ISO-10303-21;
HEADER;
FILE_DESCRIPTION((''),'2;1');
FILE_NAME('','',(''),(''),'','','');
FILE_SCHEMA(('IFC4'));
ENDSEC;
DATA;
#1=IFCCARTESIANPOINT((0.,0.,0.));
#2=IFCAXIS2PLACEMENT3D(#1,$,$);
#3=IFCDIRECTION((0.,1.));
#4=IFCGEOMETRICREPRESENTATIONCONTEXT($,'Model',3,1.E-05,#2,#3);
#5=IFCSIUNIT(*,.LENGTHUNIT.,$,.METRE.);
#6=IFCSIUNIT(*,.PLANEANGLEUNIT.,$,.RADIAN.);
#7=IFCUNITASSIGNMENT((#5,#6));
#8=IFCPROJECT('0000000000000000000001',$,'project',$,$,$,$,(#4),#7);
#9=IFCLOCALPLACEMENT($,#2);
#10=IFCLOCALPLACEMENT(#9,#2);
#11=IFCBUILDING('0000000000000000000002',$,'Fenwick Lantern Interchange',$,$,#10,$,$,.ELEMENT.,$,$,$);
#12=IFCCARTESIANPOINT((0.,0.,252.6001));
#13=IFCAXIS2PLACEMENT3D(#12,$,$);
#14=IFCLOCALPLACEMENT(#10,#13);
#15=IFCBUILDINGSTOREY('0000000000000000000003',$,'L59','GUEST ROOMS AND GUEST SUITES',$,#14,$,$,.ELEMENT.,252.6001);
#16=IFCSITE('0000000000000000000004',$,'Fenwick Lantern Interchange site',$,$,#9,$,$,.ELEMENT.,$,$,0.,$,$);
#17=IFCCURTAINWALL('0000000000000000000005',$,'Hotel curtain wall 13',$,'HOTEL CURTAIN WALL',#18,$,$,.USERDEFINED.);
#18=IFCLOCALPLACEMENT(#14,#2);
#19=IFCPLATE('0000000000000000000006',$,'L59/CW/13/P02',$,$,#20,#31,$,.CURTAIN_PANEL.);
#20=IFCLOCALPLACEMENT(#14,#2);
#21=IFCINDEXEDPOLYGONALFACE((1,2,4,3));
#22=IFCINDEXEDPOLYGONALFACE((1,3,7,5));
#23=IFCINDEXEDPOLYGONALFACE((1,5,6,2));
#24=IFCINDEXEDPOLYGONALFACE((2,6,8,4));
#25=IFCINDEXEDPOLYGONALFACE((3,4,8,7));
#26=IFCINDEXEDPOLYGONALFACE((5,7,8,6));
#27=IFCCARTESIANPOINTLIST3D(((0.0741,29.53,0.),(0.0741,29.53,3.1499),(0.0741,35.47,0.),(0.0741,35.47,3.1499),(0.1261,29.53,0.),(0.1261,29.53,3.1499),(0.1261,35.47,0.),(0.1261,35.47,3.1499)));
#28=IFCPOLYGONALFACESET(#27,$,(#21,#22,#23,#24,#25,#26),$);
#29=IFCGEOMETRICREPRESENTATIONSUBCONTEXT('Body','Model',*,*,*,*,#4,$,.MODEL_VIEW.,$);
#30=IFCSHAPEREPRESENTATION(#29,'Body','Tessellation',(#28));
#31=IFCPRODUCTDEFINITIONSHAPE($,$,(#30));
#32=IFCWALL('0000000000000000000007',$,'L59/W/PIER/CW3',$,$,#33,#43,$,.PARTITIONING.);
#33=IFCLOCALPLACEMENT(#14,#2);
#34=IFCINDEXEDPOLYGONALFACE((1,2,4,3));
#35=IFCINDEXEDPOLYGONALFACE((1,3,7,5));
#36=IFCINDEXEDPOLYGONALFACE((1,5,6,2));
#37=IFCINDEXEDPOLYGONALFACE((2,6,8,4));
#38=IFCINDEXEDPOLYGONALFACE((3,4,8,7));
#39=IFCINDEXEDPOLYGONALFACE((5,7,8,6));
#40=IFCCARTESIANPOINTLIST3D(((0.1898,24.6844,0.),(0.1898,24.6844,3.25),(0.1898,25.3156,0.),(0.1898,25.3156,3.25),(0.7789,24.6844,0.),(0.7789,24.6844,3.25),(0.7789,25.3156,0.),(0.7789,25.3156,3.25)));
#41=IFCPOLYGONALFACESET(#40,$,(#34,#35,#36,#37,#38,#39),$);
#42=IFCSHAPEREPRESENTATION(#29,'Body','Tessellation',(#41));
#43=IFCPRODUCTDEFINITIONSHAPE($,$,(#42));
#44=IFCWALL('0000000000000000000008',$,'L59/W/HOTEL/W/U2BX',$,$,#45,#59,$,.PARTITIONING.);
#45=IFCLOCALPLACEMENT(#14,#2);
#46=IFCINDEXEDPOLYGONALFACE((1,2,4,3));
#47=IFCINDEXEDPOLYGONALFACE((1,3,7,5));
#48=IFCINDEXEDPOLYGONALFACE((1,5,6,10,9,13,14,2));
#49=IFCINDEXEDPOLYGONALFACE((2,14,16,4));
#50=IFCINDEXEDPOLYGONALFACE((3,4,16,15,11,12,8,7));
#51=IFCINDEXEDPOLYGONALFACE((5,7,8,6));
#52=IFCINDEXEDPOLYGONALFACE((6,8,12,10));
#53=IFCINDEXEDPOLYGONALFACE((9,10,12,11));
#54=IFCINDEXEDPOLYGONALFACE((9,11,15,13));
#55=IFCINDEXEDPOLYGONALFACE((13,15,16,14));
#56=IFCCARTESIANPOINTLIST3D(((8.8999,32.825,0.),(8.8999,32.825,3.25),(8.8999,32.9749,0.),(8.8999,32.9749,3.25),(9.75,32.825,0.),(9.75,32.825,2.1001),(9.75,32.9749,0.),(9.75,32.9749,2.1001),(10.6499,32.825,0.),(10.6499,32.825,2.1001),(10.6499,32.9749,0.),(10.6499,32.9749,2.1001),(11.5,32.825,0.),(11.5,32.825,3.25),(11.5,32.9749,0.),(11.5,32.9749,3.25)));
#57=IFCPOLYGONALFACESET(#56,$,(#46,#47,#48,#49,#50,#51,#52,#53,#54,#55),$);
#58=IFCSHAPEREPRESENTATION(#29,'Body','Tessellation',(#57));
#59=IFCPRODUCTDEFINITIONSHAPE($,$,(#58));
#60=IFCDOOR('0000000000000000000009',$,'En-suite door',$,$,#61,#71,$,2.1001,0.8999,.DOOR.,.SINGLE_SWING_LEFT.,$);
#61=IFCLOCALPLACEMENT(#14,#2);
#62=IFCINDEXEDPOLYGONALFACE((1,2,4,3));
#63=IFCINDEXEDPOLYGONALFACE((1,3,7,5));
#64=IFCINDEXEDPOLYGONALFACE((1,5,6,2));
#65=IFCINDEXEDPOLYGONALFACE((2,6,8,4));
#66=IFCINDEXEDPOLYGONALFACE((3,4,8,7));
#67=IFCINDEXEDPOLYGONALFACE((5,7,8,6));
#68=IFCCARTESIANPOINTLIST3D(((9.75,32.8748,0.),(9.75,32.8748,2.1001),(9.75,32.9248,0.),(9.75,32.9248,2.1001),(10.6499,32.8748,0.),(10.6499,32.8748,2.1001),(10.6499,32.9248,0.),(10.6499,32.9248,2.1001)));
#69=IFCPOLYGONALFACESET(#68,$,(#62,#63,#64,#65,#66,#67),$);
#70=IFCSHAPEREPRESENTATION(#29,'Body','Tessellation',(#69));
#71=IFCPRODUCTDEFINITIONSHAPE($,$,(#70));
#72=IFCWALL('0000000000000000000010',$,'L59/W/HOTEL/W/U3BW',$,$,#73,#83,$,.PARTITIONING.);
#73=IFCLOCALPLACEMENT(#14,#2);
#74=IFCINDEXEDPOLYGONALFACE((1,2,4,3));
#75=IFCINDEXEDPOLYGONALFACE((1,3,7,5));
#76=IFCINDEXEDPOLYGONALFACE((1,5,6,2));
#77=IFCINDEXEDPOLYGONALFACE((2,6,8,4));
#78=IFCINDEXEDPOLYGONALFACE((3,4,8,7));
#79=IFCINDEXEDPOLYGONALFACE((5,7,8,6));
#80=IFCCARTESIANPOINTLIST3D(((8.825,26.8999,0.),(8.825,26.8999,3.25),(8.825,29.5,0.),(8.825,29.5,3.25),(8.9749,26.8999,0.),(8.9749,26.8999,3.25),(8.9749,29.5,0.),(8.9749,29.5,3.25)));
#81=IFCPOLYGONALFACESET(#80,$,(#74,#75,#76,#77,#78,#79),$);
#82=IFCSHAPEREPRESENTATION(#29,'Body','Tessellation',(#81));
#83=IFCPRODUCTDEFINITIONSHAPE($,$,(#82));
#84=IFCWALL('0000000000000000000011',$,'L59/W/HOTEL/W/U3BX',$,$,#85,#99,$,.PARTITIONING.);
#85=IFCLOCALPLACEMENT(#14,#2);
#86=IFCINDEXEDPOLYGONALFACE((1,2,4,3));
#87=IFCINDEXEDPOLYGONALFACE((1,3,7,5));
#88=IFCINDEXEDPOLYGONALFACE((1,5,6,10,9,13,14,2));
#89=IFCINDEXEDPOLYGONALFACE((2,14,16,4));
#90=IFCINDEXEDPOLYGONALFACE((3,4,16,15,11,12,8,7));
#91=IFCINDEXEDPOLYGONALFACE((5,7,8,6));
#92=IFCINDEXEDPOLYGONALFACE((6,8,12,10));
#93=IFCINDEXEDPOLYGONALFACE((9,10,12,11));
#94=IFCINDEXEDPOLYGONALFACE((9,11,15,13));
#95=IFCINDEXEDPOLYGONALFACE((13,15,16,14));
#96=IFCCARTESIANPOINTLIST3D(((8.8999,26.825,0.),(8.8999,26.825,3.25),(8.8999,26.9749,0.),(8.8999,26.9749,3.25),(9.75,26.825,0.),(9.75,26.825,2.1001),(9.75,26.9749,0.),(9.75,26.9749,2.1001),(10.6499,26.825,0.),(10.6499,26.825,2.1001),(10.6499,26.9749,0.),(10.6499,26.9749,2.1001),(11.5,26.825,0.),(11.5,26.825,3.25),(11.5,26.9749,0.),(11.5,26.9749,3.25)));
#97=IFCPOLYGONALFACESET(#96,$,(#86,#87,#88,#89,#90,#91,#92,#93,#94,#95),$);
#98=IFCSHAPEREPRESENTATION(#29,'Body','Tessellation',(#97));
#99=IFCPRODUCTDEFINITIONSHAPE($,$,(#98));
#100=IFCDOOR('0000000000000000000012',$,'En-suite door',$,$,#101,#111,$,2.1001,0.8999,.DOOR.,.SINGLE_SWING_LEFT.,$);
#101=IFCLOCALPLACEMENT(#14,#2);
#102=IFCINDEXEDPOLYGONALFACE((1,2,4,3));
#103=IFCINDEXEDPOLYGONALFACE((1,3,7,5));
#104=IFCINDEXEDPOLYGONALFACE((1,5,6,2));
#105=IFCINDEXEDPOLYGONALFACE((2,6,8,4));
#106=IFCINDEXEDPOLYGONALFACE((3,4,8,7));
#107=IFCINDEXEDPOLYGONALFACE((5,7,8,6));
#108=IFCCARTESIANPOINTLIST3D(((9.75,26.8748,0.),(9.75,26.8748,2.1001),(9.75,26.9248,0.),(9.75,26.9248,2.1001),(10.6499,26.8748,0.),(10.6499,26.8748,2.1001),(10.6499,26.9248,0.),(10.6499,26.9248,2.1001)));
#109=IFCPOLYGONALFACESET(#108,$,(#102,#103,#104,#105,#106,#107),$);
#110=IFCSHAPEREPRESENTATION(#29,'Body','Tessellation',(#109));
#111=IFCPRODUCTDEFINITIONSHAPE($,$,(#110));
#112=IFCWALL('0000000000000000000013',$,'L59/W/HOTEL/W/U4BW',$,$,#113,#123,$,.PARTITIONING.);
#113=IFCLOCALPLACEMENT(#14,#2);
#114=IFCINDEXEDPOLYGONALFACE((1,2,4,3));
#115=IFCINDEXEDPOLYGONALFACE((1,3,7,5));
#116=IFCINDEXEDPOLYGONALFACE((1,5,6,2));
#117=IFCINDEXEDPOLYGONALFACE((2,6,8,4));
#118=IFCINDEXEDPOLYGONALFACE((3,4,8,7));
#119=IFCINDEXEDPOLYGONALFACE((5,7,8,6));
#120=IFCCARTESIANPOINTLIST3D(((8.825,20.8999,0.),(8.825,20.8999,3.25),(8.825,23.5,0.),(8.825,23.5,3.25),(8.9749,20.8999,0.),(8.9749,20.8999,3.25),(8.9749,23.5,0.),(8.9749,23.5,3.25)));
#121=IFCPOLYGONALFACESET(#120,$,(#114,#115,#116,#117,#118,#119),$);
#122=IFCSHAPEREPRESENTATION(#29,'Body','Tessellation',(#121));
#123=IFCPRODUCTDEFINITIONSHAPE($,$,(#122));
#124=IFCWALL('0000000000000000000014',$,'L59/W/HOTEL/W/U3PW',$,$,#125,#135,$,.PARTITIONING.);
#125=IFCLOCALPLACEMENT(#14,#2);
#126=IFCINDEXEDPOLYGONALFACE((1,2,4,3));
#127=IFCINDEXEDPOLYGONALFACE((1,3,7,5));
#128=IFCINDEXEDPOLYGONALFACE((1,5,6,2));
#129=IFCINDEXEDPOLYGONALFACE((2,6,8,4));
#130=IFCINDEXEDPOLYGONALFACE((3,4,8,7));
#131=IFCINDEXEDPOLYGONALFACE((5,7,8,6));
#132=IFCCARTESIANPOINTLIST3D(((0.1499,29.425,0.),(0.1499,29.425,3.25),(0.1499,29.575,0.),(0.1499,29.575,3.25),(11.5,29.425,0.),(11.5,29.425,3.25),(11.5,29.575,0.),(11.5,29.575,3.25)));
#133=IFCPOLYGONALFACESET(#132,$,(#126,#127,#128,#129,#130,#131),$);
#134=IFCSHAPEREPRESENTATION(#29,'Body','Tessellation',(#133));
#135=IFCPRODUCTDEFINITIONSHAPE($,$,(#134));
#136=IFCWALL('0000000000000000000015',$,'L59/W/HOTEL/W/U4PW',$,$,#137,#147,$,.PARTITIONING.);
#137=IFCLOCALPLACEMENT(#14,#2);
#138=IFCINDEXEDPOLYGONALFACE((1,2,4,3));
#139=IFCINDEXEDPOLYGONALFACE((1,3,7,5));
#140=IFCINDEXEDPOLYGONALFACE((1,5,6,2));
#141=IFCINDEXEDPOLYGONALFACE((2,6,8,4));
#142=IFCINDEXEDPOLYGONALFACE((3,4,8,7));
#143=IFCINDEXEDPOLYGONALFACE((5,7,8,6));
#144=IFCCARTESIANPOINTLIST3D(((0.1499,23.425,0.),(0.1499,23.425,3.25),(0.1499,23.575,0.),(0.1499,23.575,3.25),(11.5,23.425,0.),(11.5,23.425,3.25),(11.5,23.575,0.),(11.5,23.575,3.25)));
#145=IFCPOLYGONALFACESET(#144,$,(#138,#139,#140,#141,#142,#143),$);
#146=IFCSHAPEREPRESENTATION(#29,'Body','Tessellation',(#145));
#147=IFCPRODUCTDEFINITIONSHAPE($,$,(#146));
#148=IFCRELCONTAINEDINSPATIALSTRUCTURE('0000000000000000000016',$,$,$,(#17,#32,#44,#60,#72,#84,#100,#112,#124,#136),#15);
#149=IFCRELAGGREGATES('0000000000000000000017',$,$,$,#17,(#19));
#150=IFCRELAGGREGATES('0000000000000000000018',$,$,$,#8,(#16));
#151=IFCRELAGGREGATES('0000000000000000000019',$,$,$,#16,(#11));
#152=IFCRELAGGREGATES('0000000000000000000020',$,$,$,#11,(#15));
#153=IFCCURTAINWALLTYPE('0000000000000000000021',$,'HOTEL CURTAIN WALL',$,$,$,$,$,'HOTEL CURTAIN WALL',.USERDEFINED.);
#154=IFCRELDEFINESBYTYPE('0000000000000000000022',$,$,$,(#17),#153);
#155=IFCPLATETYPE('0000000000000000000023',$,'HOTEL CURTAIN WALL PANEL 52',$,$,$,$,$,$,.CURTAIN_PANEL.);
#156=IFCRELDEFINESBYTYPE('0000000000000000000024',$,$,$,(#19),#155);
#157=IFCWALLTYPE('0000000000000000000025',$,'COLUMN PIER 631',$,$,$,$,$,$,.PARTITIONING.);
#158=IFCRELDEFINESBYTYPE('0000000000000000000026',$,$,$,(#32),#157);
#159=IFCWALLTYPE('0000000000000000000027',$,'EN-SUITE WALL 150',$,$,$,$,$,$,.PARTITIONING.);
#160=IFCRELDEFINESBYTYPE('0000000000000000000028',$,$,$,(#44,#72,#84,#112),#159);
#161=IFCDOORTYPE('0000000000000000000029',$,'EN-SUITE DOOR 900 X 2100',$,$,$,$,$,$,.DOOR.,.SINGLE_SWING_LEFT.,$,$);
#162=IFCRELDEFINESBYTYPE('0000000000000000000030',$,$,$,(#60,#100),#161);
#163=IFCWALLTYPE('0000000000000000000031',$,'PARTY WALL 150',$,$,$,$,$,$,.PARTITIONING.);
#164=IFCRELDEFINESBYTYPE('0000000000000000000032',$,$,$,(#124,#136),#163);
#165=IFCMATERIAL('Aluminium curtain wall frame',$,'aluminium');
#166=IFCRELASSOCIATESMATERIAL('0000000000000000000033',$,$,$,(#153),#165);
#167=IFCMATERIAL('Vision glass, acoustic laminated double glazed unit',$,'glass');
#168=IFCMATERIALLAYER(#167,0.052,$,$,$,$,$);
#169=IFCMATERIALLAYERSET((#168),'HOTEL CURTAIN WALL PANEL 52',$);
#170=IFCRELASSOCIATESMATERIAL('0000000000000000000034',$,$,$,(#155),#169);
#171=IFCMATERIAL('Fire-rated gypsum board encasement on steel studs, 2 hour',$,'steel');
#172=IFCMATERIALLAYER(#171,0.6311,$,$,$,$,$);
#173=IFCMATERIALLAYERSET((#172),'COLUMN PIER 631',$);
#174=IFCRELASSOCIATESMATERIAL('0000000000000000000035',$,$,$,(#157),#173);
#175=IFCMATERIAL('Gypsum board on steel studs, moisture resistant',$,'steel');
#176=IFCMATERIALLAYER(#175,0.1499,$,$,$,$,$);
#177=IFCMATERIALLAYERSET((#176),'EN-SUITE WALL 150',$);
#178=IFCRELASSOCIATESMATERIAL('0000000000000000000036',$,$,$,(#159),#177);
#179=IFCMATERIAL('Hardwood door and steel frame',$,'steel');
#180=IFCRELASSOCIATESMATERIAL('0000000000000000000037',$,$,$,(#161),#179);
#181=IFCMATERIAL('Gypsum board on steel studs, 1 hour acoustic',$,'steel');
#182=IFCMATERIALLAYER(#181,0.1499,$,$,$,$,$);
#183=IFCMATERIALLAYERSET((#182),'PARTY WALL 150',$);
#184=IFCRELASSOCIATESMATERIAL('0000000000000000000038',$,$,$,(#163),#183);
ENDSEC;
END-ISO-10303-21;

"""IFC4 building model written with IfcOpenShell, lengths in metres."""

from ifc_helpers import new_model, si_unit, direction, frame, frame_2d, origin, origin_2d, place, context, subcontext, project, spatial, rectangle, extrude, material, layer, layer_set, type_object, element, fill, aggregate, save


model = new_model("IFC4")

# Units and contexts
model_context = context("Model", 3, precision=1e-05, world=origin(), true_north=direction((0.0, 1.0)))
body_context = subcontext(model_context, "Body", "Model", "MODEL_VIEW")
ifc_project = project(units=[si_unit("LENGTHUNIT", "METRE"), si_unit("PLANEANGLEUNIT", "RADIAN")], contexts=[model_context])

# Site, building, storey
site_placement = place(None, origin())
site = spatial("IfcSite", under=ifc_project, at=site_placement, Name="Fenwick Lantern Interchange site", CompositionType="ELEMENT", RefElevation=0.0)
building_placement = place(site_placement, origin())
building = spatial("IfcBuilding", under=site, at=building_placement, Name="Fenwick Lantern Interchange", CompositionType="ELEMENT")
storey_placement = place(building_placement, frame((0.0, 0.0, 252.6001)))
storey = spatial("IfcBuildingStorey", under=building, at=storey_placement, Name="L59", Description="GUEST ROOMS AND GUEST SUITES", CompositionType="ELEMENT", Elevation=252.6001)

# Curtain wall
ifc_material_1 = material(Name="Aluminium curtain wall frame", Category="aluminium")
curtain_wall_type = type_object("IfcCurtainWallType", Name="HOTEL CURTAIN WALL", ElementType="HOTEL CURTAIN WALL", PredefinedType="USERDEFINED", material=ifc_material_1)
curtain_wall_placement = place(storey_placement, origin())
curtain_wall = element("IfcCurtainWall", 1, at=curtain_wall_placement, inside=storey, type_object=curtain_wall_type, Name="Hotel curtain wall 13", ObjectType="HOTEL CURTAIN WALL", PredefinedType="USERDEFINED")

# Plate
ifc_material_2 = material(Name="Vision glass, acoustic laminated double glazed unit", Category="glass")
ifc_layer_1 = layer(ifc_material_2, 0.052)
ifc_layer_set_1 = layer_set([ifc_layer_1], Name="HOTEL CURTAIN WALL PANEL 52")
plate_type = type_object("IfcPlateType", Name="HOTEL CURTAIN WALL PANEL 52", PredefinedType="CURTAIN_PANEL", material=ifc_layer_set_1)
plate_placement = place(storey_placement, frame((0.1001, 32.5, 0.0), z_axis=(0.0, 0.0, 1.0), x_axis=(0.0, -1.0, 0.0)))
plate = element("IfcPlate", 2, at=plate_placement, type_object=plate_type, Name="L59/CW/13/P02", PredefinedType="CURTAIN_PANEL", context=body_context, shape_type="SweptSolid", body=[
    extrude(rectangle(XDim=5.9399, YDim=0.052, at=origin_2d()), origin(), (0.0, 0.0, 1.0), 3.1499),
])
aggregate(curtain_wall, [plate])

# Wall
ifc_material_3 = material(Name="Fire-rated gypsum board encasement on steel studs, 2 hour", Category="steel")
ifc_layer_2 = layer(ifc_material_3, 0.6311)
ifc_layer_set_2 = layer_set([ifc_layer_2], Name="COLUMN PIER 631")
wall_type_1 = type_object("IfcWallType", Name="COLUMN PIER 631", PredefinedType="PARTITIONING", material=ifc_layer_set_2)
wall_1_placement = place(storey_placement, frame((0.1899, 25.0, 0.0), z_axis=(0.0, 0.0, 1.0), x_axis=(1.0, 0.0, 0.0)))
element("IfcWall", 3, at=wall_1_placement, inside=storey, type_object=wall_type_1, Name="L59/W/PIER/CW3", PredefinedType="PARTITIONING", context=body_context, shape_type="SweptSolid", body=[
    extrude(rectangle(XDim=0.5891, YDim=0.6311, at=frame_2d((0.2944, 0.0))), origin(), (0.0, 0.0, 1.0), 3.25),
])

# Wall, opening, door
ifc_material_4 = material(Name="Gypsum board on steel studs, moisture resistant", Category="steel")
ifc_layer_3 = layer(ifc_material_4, 0.1499)
ifc_layer_set_3 = layer_set([ifc_layer_3], Name="EN-SUITE WALL 150")
wall_type_2 = type_object("IfcWallType", Name="EN-SUITE WALL 150", PredefinedType="PARTITIONING", material=ifc_layer_set_3)
wall_2_placement = place(storey_placement, frame((8.8999, 32.8999, 0.0), z_axis=(0.0, 0.0, 1.0), x_axis=(1.0, 0.0, 0.0)))
wall_2 = element("IfcWall", 4, at=wall_2_placement, inside=storey, type_object=wall_type_2, Name="L59/W/HOTEL/W/U2BX", PredefinedType="PARTITIONING", context=body_context, shape_type="SweptSolid", body=[
    extrude(rectangle(XDim=2.6001, YDim=0.1499, at=frame_2d((1.3, 0.0))), origin(), (0.0, 0.0, 1.0), 3.25),
])
opening_1_placement = place(wall_2_placement, frame((0.8501, 0.0, 0.0)))
opening_1 = element("IfcOpeningElement", 5, at=opening_1_placement, cuts=wall_2, PredefinedType="OPENING", context=body_context, shape_type="SweptSolid", body=[
    extrude(rectangle(XDim=0.8999, YDim=2.1001, at=frame_2d((0.45, 1.05))), frame((0.0, 0.085, 0.0), z_axis=(0.0, -1.0, 0.0), x_axis=(1.0, 0.0, 0.0)), (0.0, 0.0, 1.0), 0.1699),
])
ifc_material_5 = material(Name="Hardwood door and steel frame", Category="steel")
door_type = type_object("IfcDoorType", Name="EN-SUITE DOOR 900 X 2100", OperationType="SINGLE_SWING_LEFT", PredefinedType="DOOR", material=ifc_material_5)
door_1_placement = place(opening_1_placement, origin())
door_1 = element("IfcDoor", 6, at=door_1_placement, inside=storey, type_object=door_type, Name="En-suite door", OperationType="SINGLE_SWING_LEFT", OverallHeight=2.1001, OverallWidth=0.8999, PredefinedType="DOOR", context=body_context, shape_type="SweptSolid", body=[
    extrude(rectangle(XDim=0.8999, YDim=2.1001, at=frame_2d((0.45, 1.05))), frame((0.0, 0.0249, 0.0), z_axis=(0.0, -1.0, 0.0), x_axis=(1.0, 0.0, 0.0)), (0.0, 0.0, 1.0), 0.05),
])
fill(opening_1, door_1)

# Wall
wall_3_placement = place(storey_placement, frame((8.8999, 29.5, 0.0), z_axis=(0.0, 0.0, 1.0), x_axis=(0.0, -1.0, 0.0)))
element("IfcWall", 7, at=wall_3_placement, inside=storey, type_object=wall_type_2, Name="L59/W/HOTEL/W/U3BW", PredefinedType="PARTITIONING", context=body_context, shape_type="SweptSolid", body=[
    extrude(rectangle(XDim=2.6001, YDim=0.1499, at=frame_2d((1.3, 0.0))), origin(), (0.0, 0.0, 1.0), 3.25),
])

# Wall, opening, door
wall_4_placement = place(storey_placement, frame((8.8999, 26.8999, 0.0), z_axis=(0.0, 0.0, 1.0), x_axis=(1.0, 0.0, 0.0)))
wall_4 = element("IfcWall", 8, at=wall_4_placement, inside=storey, type_object=wall_type_2, Name="L59/W/HOTEL/W/U3BX", PredefinedType="PARTITIONING", context=body_context, shape_type="SweptSolid", body=[
    extrude(rectangle(XDim=2.6001, YDim=0.1499, at=frame_2d((1.3, 0.0))), origin(), (0.0, 0.0, 1.0), 3.25),
])
opening_2_placement = place(wall_4_placement, frame((0.8501, 0.0, 0.0)))
opening_2 = element("IfcOpeningElement", 9, at=opening_2_placement, cuts=wall_4, PredefinedType="OPENING", context=body_context, shape_type="SweptSolid", body=[
    extrude(rectangle(XDim=0.8999, YDim=2.1001, at=frame_2d((0.45, 1.05))), frame((0.0, 0.085, 0.0), z_axis=(0.0, -1.0, 0.0), x_axis=(1.0, 0.0, 0.0)), (0.0, 0.0, 1.0), 0.1699),
])
door_2_placement = place(opening_2_placement, origin())
door_2 = element("IfcDoor", 10, at=door_2_placement, inside=storey, type_object=door_type, Name="En-suite door", OperationType="SINGLE_SWING_LEFT", OverallHeight=2.1001, OverallWidth=0.8999, PredefinedType="DOOR", context=body_context, shape_type="SweptSolid", body=[
    extrude(rectangle(XDim=0.8999, YDim=2.1001, at=frame_2d((0.45, 1.05))), frame((0.0, 0.0249, 0.0), z_axis=(0.0, -1.0, 0.0), x_axis=(1.0, 0.0, 0.0)), (0.0, 0.0, 1.0), 0.05),
])
fill(opening_2, door_2)

# Walls
wall_5_placement = place(storey_placement, frame((8.8999, 23.5, 0.0), z_axis=(0.0, 0.0, 1.0), x_axis=(0.0, -1.0, 0.0)))
element("IfcWall", 11, at=wall_5_placement, inside=storey, type_object=wall_type_2, Name="L59/W/HOTEL/W/U4BW", PredefinedType="PARTITIONING", context=body_context, shape_type="SweptSolid", body=[
    extrude(rectangle(XDim=2.6001, YDim=0.1499, at=frame_2d((1.3, 0.0))), origin(), (0.0, 0.0, 1.0), 3.25),
])
ifc_material_6 = material(Name="Gypsum board on steel studs, 1 hour acoustic", Category="steel")
ifc_layer_4 = layer(ifc_material_6, 0.1499)
ifc_layer_set_4 = layer_set([ifc_layer_4], Name="PARTY WALL 150")
wall_type_3 = type_object("IfcWallType", Name="PARTY WALL 150", PredefinedType="PARTITIONING", material=ifc_layer_set_4)
for number, where, z_axis, x_axis, name in (
    (12, (0.1499, 29.5, 0.0), (0.0, 0.0, 1.0), (1.0, 0.0, 0.0), "L59/W/HOTEL/W/U3PW"),
    (13, (0.1499, 23.5, 0.0), (0.0, 0.0, 1.0), (1.0, 0.0, 0.0), "L59/W/HOTEL/W/U4PW"),
):
    element("IfcWall", number, at=place(storey_placement, frame(where, z_axis=z_axis, x_axis=x_axis)), inside=storey, type_object=wall_type_3, Name=name, PredefinedType="PARTITIONING", context=body_context, shape_type="SweptSolid", body=[
        extrude(rectangle(XDim=11.3501, YDim=0.1499, at=frame_2d((5.675, 0.0))), origin(), (0.0, 0.0, 1.0), 3.25),
    ])

save(model, "model.ifc")
